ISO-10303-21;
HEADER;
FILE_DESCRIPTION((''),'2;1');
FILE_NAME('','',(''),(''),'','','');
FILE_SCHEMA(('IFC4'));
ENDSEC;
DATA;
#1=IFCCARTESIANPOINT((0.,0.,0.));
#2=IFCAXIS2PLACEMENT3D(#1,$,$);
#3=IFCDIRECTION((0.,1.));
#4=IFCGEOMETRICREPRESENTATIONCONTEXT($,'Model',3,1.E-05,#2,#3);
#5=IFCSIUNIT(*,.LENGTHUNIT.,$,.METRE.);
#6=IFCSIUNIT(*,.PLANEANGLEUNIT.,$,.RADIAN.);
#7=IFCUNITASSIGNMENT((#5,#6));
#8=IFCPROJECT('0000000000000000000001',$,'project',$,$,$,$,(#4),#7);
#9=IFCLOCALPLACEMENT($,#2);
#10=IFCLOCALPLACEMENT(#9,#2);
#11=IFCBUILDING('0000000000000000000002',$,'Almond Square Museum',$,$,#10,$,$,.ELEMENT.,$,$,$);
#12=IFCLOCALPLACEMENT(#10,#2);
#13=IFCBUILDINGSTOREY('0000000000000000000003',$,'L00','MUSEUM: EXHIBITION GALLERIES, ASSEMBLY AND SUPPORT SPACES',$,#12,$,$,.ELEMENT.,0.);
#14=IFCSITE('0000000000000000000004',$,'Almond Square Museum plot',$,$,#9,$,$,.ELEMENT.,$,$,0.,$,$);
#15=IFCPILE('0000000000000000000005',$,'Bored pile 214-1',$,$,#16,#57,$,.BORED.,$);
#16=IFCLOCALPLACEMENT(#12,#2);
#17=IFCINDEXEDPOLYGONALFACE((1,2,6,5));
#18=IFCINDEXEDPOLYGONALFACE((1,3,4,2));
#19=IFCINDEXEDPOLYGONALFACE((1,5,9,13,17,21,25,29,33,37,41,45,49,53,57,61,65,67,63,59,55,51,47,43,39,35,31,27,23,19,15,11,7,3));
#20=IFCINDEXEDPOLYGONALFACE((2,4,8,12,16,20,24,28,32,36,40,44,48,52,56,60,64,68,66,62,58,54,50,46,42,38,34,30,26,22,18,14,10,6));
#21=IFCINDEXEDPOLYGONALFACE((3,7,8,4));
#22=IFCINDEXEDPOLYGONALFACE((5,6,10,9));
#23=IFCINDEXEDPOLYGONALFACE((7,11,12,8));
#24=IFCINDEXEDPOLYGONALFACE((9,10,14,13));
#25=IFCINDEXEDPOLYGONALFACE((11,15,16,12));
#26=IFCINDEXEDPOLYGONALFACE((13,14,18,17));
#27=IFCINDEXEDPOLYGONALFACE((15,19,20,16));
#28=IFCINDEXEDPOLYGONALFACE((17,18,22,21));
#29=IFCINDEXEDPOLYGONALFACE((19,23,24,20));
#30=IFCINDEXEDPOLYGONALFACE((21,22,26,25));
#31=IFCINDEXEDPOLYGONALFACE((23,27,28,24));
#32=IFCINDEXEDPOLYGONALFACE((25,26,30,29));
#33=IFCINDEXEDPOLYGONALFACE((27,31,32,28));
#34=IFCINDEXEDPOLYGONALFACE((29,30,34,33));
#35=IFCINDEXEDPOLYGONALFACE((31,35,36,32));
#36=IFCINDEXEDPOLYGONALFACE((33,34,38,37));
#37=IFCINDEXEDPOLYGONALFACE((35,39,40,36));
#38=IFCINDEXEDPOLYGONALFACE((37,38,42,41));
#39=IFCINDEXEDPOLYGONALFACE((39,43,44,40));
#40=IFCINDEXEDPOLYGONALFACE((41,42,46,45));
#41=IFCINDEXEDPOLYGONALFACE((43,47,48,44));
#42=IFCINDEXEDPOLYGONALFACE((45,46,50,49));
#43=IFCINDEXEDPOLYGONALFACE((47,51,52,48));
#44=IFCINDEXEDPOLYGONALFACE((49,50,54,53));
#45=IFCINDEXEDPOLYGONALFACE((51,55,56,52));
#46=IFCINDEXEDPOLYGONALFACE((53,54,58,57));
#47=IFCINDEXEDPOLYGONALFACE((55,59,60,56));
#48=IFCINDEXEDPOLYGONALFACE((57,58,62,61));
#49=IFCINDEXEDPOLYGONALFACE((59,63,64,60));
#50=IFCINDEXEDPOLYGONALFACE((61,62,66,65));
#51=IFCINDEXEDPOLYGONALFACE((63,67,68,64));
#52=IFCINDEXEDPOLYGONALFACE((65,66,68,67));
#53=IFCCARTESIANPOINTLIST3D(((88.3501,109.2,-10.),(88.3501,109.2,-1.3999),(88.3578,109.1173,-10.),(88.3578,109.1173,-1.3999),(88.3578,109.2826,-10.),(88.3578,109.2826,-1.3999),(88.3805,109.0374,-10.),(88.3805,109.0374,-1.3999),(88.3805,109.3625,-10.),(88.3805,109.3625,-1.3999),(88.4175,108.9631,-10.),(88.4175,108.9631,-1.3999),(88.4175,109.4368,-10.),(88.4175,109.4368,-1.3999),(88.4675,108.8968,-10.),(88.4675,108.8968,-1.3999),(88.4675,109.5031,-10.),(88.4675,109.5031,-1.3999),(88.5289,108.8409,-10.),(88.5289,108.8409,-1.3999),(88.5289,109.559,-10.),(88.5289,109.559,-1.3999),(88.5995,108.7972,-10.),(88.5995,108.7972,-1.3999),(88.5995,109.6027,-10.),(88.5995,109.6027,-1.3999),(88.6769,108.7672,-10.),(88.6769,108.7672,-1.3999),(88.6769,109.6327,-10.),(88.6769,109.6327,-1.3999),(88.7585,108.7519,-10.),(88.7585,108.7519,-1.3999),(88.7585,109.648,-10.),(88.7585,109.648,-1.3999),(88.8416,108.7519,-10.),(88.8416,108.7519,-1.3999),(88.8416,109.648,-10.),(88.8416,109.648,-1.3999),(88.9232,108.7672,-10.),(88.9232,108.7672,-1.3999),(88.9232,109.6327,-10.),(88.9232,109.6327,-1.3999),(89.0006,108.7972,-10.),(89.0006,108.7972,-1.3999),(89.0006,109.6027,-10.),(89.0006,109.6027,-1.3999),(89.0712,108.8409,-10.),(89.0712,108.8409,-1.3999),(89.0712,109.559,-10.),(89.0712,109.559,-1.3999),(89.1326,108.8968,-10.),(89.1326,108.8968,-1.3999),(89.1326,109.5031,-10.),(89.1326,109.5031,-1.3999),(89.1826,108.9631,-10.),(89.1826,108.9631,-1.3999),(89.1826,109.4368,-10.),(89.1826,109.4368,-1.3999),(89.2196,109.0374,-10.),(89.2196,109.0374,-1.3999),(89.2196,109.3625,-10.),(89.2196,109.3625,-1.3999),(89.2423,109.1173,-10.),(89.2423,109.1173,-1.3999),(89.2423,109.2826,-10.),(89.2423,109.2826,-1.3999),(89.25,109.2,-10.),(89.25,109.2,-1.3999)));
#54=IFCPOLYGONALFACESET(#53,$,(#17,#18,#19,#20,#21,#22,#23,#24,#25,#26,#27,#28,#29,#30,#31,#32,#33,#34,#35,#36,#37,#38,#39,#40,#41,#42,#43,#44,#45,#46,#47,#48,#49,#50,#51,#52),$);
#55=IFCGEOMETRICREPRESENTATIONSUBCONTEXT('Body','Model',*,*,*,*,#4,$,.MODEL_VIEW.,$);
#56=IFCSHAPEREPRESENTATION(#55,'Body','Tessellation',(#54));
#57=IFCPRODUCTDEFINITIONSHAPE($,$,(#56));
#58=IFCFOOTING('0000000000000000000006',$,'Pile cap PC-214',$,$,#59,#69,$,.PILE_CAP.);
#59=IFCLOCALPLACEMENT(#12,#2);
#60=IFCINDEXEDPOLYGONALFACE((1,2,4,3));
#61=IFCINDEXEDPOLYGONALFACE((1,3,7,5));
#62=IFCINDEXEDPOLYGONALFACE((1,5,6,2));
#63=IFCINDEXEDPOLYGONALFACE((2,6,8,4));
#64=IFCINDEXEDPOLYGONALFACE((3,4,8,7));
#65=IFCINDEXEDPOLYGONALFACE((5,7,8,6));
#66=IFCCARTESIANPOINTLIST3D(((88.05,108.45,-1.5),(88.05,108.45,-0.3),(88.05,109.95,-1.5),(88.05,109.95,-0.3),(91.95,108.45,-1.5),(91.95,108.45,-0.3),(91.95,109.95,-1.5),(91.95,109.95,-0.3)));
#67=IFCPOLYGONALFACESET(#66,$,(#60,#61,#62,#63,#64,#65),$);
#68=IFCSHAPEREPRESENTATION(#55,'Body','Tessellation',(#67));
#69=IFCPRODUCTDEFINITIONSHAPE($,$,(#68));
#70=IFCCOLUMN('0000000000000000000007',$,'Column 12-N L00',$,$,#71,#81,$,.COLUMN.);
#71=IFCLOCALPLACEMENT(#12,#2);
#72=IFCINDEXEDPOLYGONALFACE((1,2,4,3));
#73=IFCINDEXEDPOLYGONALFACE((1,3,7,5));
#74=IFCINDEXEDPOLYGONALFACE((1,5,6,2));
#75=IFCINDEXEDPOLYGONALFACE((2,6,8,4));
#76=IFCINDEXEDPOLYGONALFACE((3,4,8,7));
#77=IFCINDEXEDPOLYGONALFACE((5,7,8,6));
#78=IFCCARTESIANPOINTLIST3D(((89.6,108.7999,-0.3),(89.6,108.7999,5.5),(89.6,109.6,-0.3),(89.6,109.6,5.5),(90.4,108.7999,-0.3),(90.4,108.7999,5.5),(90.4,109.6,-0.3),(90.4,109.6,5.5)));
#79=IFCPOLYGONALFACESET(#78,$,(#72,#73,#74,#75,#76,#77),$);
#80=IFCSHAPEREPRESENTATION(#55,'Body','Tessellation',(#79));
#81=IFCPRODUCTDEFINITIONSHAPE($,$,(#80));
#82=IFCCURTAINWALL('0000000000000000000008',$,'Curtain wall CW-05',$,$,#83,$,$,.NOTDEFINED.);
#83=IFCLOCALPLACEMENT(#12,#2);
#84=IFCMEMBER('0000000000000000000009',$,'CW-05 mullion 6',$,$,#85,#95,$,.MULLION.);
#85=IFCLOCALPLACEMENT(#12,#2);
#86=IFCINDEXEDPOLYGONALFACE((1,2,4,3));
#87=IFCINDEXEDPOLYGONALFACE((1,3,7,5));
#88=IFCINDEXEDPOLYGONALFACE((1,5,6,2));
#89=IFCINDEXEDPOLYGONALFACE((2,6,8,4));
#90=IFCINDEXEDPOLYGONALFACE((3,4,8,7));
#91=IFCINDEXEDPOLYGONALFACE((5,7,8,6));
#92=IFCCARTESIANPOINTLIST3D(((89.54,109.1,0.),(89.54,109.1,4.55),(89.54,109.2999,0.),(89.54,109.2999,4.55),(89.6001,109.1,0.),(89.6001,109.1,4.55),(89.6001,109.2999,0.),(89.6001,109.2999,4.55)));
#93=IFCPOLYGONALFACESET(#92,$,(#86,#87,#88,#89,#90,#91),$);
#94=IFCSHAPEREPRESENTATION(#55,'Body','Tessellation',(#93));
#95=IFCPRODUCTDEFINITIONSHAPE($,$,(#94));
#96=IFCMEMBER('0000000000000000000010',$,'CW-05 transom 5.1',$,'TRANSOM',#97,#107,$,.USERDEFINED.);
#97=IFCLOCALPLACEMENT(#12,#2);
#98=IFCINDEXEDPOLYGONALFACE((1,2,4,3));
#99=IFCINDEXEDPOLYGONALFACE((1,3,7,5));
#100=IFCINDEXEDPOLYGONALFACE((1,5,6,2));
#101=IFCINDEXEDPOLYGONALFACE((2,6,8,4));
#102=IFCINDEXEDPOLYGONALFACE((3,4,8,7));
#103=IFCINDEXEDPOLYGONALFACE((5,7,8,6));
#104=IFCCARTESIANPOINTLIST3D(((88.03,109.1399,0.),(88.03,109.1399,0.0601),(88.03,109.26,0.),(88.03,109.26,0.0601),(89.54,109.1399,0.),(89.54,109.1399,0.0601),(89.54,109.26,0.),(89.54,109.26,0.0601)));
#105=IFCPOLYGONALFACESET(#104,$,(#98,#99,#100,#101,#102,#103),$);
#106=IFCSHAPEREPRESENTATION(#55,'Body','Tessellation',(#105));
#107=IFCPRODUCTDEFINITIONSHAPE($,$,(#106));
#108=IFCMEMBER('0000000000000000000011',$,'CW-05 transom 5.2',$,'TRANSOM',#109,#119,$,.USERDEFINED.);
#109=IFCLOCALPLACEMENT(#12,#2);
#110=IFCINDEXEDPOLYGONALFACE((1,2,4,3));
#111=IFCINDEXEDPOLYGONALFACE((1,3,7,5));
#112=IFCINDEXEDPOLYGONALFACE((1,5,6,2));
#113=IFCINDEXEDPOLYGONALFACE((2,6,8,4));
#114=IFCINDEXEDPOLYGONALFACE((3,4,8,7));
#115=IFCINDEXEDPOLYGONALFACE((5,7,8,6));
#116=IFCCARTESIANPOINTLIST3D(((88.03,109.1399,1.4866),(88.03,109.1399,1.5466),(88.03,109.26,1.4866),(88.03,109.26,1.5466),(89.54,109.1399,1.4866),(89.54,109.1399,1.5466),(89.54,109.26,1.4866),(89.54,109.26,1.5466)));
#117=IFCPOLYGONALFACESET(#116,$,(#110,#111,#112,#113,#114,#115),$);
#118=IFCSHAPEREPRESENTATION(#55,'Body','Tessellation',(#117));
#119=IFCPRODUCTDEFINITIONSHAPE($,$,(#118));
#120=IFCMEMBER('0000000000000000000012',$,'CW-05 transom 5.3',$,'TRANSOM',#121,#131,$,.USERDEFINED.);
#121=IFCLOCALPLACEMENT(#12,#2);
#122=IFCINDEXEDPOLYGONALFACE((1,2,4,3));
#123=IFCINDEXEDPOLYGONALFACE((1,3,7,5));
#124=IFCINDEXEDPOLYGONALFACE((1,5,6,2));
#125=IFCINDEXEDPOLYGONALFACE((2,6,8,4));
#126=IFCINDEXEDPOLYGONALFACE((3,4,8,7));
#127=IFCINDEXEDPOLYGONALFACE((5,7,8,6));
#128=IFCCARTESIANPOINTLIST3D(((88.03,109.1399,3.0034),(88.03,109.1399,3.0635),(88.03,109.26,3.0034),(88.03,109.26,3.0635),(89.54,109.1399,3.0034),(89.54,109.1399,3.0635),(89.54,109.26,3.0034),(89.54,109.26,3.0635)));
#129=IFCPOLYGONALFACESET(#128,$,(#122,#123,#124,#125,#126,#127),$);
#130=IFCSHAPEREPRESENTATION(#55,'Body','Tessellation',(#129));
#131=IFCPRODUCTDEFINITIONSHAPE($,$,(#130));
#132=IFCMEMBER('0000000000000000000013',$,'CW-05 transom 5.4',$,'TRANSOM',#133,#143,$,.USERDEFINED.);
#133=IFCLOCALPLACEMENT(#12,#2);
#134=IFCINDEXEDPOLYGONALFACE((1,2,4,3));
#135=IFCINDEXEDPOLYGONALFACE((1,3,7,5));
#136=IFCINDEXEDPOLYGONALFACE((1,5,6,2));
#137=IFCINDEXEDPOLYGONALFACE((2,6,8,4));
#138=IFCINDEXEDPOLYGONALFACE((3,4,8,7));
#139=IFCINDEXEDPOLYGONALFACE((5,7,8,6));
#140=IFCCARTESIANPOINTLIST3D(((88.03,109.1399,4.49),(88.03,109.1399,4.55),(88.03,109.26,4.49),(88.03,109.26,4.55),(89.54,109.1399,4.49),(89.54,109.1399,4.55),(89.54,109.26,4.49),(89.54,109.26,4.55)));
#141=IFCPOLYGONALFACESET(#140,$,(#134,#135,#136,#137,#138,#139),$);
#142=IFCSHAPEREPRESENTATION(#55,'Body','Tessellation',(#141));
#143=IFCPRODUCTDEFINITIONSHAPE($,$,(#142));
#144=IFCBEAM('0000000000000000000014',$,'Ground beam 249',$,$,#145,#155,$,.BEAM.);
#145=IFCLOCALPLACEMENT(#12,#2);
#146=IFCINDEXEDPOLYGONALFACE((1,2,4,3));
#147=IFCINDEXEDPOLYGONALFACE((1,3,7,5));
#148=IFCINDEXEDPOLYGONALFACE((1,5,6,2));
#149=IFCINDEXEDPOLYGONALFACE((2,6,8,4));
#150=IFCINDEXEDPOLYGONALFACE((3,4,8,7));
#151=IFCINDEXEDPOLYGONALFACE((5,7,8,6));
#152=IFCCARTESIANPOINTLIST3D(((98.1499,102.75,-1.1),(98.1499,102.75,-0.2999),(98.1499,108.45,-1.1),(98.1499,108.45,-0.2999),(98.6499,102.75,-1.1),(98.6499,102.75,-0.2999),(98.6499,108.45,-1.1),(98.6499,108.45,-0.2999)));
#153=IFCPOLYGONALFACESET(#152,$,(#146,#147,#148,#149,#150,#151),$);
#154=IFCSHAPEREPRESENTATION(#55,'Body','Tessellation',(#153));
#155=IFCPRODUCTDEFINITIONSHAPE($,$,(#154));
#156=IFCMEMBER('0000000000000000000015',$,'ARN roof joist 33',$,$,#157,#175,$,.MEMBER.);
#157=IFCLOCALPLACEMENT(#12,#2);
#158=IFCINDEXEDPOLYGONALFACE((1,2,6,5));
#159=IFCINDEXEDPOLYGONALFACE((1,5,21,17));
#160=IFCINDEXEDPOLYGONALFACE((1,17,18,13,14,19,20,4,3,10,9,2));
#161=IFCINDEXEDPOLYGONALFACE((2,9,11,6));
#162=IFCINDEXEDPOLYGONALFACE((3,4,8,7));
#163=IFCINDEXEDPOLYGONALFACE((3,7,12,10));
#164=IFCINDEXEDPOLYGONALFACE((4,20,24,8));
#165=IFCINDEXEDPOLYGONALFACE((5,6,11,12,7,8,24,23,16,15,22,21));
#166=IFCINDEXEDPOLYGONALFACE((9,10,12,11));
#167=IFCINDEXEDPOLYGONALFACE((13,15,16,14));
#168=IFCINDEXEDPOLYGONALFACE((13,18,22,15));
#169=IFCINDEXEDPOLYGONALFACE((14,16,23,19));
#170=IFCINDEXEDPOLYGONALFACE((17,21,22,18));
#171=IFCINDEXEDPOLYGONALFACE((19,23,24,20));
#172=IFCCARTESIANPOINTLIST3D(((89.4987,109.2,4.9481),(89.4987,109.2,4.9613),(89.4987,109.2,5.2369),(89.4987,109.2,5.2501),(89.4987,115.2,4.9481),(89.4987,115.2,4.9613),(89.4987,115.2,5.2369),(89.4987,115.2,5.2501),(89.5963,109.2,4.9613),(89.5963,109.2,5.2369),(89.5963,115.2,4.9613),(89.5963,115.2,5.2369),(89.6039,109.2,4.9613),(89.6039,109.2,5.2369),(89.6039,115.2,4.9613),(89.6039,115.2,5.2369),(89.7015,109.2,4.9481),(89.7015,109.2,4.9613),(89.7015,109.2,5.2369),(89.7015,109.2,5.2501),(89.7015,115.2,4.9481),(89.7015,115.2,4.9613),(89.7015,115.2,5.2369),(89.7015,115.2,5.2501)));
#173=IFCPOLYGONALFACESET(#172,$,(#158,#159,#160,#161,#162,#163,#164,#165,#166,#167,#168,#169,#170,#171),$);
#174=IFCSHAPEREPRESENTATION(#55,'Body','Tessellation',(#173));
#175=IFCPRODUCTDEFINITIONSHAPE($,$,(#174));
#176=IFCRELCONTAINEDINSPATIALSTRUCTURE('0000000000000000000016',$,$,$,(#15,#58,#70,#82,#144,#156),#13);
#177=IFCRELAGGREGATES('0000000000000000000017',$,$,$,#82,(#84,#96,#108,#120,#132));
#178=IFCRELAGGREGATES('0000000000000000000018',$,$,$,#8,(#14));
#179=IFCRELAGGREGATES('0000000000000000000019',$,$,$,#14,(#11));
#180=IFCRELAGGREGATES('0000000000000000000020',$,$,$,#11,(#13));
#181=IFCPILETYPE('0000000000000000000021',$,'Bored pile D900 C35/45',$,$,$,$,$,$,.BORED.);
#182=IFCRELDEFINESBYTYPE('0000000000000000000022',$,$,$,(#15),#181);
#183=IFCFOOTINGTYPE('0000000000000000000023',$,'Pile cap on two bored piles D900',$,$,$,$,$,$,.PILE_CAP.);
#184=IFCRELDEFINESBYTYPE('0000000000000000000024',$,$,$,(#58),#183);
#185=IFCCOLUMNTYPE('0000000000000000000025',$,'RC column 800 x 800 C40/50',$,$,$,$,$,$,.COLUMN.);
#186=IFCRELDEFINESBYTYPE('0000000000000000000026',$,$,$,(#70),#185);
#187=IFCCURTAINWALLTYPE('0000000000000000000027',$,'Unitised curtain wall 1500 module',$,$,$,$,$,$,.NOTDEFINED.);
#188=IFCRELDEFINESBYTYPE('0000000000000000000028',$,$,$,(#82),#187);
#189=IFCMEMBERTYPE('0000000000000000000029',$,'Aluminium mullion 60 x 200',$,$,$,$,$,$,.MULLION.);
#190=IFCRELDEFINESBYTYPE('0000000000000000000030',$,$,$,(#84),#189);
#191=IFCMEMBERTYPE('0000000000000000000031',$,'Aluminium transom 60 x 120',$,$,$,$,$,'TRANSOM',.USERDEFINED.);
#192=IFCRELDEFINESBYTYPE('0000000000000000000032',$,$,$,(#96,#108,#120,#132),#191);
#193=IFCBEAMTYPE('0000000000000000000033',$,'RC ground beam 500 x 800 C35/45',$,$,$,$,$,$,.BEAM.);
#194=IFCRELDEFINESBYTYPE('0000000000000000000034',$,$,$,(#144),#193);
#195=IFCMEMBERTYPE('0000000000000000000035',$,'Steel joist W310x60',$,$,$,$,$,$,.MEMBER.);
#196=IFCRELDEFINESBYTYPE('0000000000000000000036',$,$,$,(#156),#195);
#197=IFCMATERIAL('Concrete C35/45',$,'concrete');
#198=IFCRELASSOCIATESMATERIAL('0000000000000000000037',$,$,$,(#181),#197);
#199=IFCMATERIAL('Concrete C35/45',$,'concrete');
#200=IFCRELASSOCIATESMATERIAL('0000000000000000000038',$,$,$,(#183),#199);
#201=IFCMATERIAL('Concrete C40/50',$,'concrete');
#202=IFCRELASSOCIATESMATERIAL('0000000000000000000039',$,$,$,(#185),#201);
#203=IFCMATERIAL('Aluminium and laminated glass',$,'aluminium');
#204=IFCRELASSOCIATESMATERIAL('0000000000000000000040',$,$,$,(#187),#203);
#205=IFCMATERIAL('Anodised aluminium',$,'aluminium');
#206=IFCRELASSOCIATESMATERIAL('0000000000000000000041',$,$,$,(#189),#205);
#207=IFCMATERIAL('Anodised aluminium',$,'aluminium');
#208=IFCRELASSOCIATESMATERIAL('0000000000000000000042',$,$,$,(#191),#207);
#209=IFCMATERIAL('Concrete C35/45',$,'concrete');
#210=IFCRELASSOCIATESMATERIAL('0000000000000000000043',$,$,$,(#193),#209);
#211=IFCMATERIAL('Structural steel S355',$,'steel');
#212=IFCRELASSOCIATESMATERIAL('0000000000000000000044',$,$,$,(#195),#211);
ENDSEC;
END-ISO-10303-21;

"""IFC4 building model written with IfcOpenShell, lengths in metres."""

from ifc_helpers import new_model, si_unit, direction, frame, origin, origin_2d, place, context, subcontext, project, spatial, rectangle, circle, i_section, extrude, material, material_profile, profile_set, type_object, element, aggregate, save


model = new_model("IFC4")

# Units and contexts
model_context = context("Model", 3, precision=1e-05, world=origin(), true_north=direction((0.0, 1.0)))
body_context = subcontext(model_context, "Body", "Model", "MODEL_VIEW")
ifc_project = project(units=[si_unit("LENGTHUNIT", "METRE"), si_unit("PLANEANGLEUNIT", "RADIAN")], contexts=[model_context])

# Site, building, storey
site_placement = place(None, origin())
site = spatial("IfcSite", under=ifc_project, at=site_placement, Name="Almond Square Museum plot", CompositionType="ELEMENT", RefElevation=0.0)
building_placement = place(site_placement, origin())
building = spatial("IfcBuilding", under=site, at=building_placement, Name="Almond Square Museum", CompositionType="ELEMENT")
storey_placement = place(building_placement, origin())
storey = spatial("IfcBuildingStorey", under=building, at=storey_placement, Name="L00", Description="MUSEUM: EXHIBITION GALLERIES, ASSEMBLY AND SUPPORT SPACES", CompositionType="ELEMENT", Elevation=0.0)

# Pile
ifc_material_1 = material(Name="Concrete C35/45", Category="concrete")
ifc_material_profile_1 = material_profile(ifc_material_1, circle(Radius=0.45, at=origin_2d()))
ifc_profile_set_1 = profile_set([ifc_material_profile_1], Name="Concrete C35/45")
pile_type = type_object("IfcPileType", Name="Bored pile D900 C35/45", PredefinedType="BORED", material=ifc_profile_set_1)
pile_placement = place(storey_placement, frame((88.8, 109.2, -1.3999), z_axis=(0.0, 0.0, -1.0), x_axis=(1.0, 0.0, 0.0)))
element("IfcPile", 1, at=pile_placement, inside=storey, type_object=pile_type, Name="Bored pile 214-1", PredefinedType="BORED", context=body_context, shape_type="SweptSolid", body=[
    extrude(circle(Radius=0.45, at=origin_2d()), origin(), (0.0, 0.0, 1.0), 8.6001),
])

# Footing
ifc_material_2 = material(Name="Concrete C35/45", Category="concrete")
footing_type = type_object("IfcFootingType", Name="Pile cap on two bored piles D900", PredefinedType="PILE_CAP", material=ifc_material_2)
footing_placement = place(storey_placement, frame((90.0, 109.2, -1.5), z_axis=(0.0, 0.0, 1.0), x_axis=(1.0, 0.0, 0.0)))
element("IfcFooting", 2, at=footing_placement, inside=storey, type_object=footing_type, Name="Pile cap PC-214", PredefinedType="PILE_CAP", context=body_context, shape_type="SweptSolid", body=[
    extrude(rectangle(XDim=3.8999, YDim=1.5, at=origin_2d()), origin(), (0.0, 0.0, 1.0), 1.2),
])

# Column
ifc_material_3 = material(Name="Concrete C40/50", Category="concrete")
ifc_material_profile_2 = material_profile(ifc_material_3, rectangle(XDim=0.8, YDim=0.8, at=origin_2d()))
ifc_profile_set_2 = profile_set([ifc_material_profile_2], Name="Concrete C40/50")
column_type = type_object("IfcColumnType", Name="RC column 800 x 800 C40/50", PredefinedType="COLUMN", material=ifc_profile_set_2)
column_placement = place(storey_placement, frame((90.0, 109.2, -0.3), z_axis=(0.0, 0.0, 1.0), x_axis=(1.0, 0.0, 0.0)))
element("IfcColumn", 3, at=column_placement, inside=storey, type_object=column_type, Name="Column 12-N L00", PredefinedType="COLUMN", context=body_context, shape_type="SweptSolid", body=[
    extrude(rectangle(XDim=0.8, YDim=0.8, at=origin_2d()), origin(), (0.0, 0.0, 1.0), 5.8),
])

# Curtain wall, members
ifc_material_4 = material(Name="Aluminium and laminated glass", Category="aluminium")
curtain_wall_type = type_object("IfcCurtainWallType", Name="Unitised curtain wall 1500 module", PredefinedType="NOTDEFINED", material=ifc_material_4)
curtain_wall_placement = place(storey_placement, origin())
curtain_wall = element("IfcCurtainWall", 4, at=curtain_wall_placement, inside=storey, type_object=curtain_wall_type, Name="Curtain wall CW-05", PredefinedType="NOTDEFINED")
ifc_material_5 = material(Name="Anodised aluminium", Category="aluminium")
ifc_material_profile_3 = material_profile(ifc_material_5, rectangle(XDim=0.2, YDim=0.0601, at=origin_2d()))
ifc_profile_set_3 = profile_set([ifc_material_profile_3], Name="Anodised aluminium")
member_type_1 = type_object("IfcMemberType", Name="Aluminium mullion 60 x 200", PredefinedType="MULLION", material=ifc_profile_set_3)
member_1_placement = place(storey_placement, frame((89.5701, 109.2, 0.0), z_axis=(0.0, 0.0, 1.0), x_axis=(0.0, 1.0, 0.0)))
member_1 = element("IfcMember", 5, at=member_1_placement, type_object=member_type_1, Name="CW-05 mullion 6", PredefinedType="MULLION", context=body_context, shape_type="SweptSolid", body=[
    extrude(rectangle(XDim=0.2, YDim=0.0601, at=origin_2d()), origin(), (0.0, 0.0, 1.0), 4.55),
])
ifc_material_6 = material(Name="Anodised aluminium", Category="aluminium")
ifc_material_profile_4 = material_profile(ifc_material_6, rectangle(XDim=0.1201, YDim=0.0601, at=origin_2d()))
ifc_profile_set_4 = profile_set([ifc_material_profile_4], Name="Anodised aluminium")
member_type_2 = type_object("IfcMemberType", Name="Aluminium transom 60 x 120", ElementType="TRANSOM", PredefinedType="USERDEFINED", material=ifc_profile_set_4)
member_2_placement = place(storey_placement, frame((88.03, 109.2, 0.03), z_axis=(1.0, 0.0, 0.0), x_axis=(0.0, 1.0, 0.0)))
member_2 = element("IfcMember", 6, at=member_2_placement, type_object=member_type_2, Name="CW-05 transom 5.1", ObjectType="TRANSOM", PredefinedType="USERDEFINED", context=body_context, shape_type="SweptSolid", body=[
    extrude(rectangle(XDim=0.1201, YDim=0.0601, at=origin_2d()), origin(), (0.0, 0.0, 1.0), 1.51),
])
member_3_placement = place(storey_placement, frame((88.03, 109.2, 1.5166), z_axis=(1.0, 0.0, 0.0), x_axis=(0.0, 1.0, 0.0)))
member_3 = element("IfcMember", 7, at=member_3_placement, type_object=member_type_2, Name="CW-05 transom 5.2", ObjectType="TRANSOM", PredefinedType="USERDEFINED", context=body_context, shape_type="SweptSolid", body=[
    extrude(rectangle(XDim=0.1201, YDim=0.0601, at=origin_2d()), origin(), (0.0, 0.0, 1.0), 1.51),
])
member_4_placement = place(storey_placement, frame((88.03, 109.2, 3.0334), z_axis=(1.0, 0.0, 0.0), x_axis=(0.0, 1.0, 0.0)))
member_4 = element("IfcMember", 8, at=member_4_placement, type_object=member_type_2, Name="CW-05 transom 5.3", ObjectType="TRANSOM", PredefinedType="USERDEFINED", context=body_context, shape_type="SweptSolid", body=[
    extrude(rectangle(XDim=0.1201, YDim=0.0601, at=origin_2d()), origin(), (0.0, 0.0, 1.0), 1.51),
])
member_5_placement = place(storey_placement, frame((88.03, 109.2, 4.52), z_axis=(1.0, 0.0, 0.0), x_axis=(0.0, 1.0, 0.0)))
member_5 = element("IfcMember", 9, at=member_5_placement, type_object=member_type_2, Name="CW-05 transom 5.4", ObjectType="TRANSOM", PredefinedType="USERDEFINED", context=body_context, shape_type="SweptSolid", body=[
    extrude(rectangle(XDim=0.1201, YDim=0.0601, at=origin_2d()), origin(), (0.0, 0.0, 1.0), 1.51),
])

# Beam
ifc_material_7 = material(Name="Concrete C35/45", Category="concrete")
ifc_material_profile_5 = material_profile(ifc_material_7, rectangle(XDim=0.5, YDim=0.8, at=origin_2d()))
ifc_profile_set_5 = profile_set([ifc_material_profile_5], Name="Concrete C35/45")
beam_type = type_object("IfcBeamType", Name="RC ground beam 500 x 800 C35/45", PredefinedType="BEAM", material=ifc_profile_set_5)
beam_placement = place(storey_placement, frame((98.3999, 102.75, -0.7), z_axis=(0.0, 1.0, 0.0), x_axis=(-1.0, 0.0, 0.0)))
element("IfcBeam", 10, at=beam_placement, inside=storey, type_object=beam_type, Name="Ground beam 249", PredefinedType="BEAM", context=body_context, shape_type="SweptSolid", body=[
    extrude(rectangle(XDim=0.5, YDim=0.8, at=origin_2d()), origin(), (0.0, 0.0, 1.0), 5.7),
])

# Member
ifc_material_8 = material(Name="Structural steel S355", Category="steel")
ifc_material_profile_6 = material_profile(ifc_material_8, i_section(OverallWidth=0.2029, OverallDepth=0.302, WebThickness=0.0076, FlangeThickness=0.0132, at=origin_2d()))
ifc_profile_set_6 = profile_set([ifc_material_profile_6], Name="Structural steel S355")
member_type_3 = type_object("IfcMemberType", Name="Steel joist W310x60", PredefinedType="MEMBER", material=ifc_profile_set_6)
member_6_placement = place(storey_placement, frame((89.6001, 109.2, 5.0991), z_axis=(0.0, 1.0, 0.0), x_axis=(-1.0, 0.0, 0.0)))
element("IfcMember", 11, at=member_6_placement, inside=storey, type_object=member_type_3, Name="ARN roof joist 33", PredefinedType="MEMBER", context=body_context, shape_type="SweptSolid", body=[
    extrude(i_section(OverallWidth=0.2029, OverallDepth=0.302, WebThickness=0.0076, FlangeThickness=0.0132, at=origin_2d()), origin(), (0.0, 0.0, 1.0), 6.0),
])

aggregate(curtain_wall, [member_1, member_2, member_3, member_4, member_5])

save(model, "model.ifc")
